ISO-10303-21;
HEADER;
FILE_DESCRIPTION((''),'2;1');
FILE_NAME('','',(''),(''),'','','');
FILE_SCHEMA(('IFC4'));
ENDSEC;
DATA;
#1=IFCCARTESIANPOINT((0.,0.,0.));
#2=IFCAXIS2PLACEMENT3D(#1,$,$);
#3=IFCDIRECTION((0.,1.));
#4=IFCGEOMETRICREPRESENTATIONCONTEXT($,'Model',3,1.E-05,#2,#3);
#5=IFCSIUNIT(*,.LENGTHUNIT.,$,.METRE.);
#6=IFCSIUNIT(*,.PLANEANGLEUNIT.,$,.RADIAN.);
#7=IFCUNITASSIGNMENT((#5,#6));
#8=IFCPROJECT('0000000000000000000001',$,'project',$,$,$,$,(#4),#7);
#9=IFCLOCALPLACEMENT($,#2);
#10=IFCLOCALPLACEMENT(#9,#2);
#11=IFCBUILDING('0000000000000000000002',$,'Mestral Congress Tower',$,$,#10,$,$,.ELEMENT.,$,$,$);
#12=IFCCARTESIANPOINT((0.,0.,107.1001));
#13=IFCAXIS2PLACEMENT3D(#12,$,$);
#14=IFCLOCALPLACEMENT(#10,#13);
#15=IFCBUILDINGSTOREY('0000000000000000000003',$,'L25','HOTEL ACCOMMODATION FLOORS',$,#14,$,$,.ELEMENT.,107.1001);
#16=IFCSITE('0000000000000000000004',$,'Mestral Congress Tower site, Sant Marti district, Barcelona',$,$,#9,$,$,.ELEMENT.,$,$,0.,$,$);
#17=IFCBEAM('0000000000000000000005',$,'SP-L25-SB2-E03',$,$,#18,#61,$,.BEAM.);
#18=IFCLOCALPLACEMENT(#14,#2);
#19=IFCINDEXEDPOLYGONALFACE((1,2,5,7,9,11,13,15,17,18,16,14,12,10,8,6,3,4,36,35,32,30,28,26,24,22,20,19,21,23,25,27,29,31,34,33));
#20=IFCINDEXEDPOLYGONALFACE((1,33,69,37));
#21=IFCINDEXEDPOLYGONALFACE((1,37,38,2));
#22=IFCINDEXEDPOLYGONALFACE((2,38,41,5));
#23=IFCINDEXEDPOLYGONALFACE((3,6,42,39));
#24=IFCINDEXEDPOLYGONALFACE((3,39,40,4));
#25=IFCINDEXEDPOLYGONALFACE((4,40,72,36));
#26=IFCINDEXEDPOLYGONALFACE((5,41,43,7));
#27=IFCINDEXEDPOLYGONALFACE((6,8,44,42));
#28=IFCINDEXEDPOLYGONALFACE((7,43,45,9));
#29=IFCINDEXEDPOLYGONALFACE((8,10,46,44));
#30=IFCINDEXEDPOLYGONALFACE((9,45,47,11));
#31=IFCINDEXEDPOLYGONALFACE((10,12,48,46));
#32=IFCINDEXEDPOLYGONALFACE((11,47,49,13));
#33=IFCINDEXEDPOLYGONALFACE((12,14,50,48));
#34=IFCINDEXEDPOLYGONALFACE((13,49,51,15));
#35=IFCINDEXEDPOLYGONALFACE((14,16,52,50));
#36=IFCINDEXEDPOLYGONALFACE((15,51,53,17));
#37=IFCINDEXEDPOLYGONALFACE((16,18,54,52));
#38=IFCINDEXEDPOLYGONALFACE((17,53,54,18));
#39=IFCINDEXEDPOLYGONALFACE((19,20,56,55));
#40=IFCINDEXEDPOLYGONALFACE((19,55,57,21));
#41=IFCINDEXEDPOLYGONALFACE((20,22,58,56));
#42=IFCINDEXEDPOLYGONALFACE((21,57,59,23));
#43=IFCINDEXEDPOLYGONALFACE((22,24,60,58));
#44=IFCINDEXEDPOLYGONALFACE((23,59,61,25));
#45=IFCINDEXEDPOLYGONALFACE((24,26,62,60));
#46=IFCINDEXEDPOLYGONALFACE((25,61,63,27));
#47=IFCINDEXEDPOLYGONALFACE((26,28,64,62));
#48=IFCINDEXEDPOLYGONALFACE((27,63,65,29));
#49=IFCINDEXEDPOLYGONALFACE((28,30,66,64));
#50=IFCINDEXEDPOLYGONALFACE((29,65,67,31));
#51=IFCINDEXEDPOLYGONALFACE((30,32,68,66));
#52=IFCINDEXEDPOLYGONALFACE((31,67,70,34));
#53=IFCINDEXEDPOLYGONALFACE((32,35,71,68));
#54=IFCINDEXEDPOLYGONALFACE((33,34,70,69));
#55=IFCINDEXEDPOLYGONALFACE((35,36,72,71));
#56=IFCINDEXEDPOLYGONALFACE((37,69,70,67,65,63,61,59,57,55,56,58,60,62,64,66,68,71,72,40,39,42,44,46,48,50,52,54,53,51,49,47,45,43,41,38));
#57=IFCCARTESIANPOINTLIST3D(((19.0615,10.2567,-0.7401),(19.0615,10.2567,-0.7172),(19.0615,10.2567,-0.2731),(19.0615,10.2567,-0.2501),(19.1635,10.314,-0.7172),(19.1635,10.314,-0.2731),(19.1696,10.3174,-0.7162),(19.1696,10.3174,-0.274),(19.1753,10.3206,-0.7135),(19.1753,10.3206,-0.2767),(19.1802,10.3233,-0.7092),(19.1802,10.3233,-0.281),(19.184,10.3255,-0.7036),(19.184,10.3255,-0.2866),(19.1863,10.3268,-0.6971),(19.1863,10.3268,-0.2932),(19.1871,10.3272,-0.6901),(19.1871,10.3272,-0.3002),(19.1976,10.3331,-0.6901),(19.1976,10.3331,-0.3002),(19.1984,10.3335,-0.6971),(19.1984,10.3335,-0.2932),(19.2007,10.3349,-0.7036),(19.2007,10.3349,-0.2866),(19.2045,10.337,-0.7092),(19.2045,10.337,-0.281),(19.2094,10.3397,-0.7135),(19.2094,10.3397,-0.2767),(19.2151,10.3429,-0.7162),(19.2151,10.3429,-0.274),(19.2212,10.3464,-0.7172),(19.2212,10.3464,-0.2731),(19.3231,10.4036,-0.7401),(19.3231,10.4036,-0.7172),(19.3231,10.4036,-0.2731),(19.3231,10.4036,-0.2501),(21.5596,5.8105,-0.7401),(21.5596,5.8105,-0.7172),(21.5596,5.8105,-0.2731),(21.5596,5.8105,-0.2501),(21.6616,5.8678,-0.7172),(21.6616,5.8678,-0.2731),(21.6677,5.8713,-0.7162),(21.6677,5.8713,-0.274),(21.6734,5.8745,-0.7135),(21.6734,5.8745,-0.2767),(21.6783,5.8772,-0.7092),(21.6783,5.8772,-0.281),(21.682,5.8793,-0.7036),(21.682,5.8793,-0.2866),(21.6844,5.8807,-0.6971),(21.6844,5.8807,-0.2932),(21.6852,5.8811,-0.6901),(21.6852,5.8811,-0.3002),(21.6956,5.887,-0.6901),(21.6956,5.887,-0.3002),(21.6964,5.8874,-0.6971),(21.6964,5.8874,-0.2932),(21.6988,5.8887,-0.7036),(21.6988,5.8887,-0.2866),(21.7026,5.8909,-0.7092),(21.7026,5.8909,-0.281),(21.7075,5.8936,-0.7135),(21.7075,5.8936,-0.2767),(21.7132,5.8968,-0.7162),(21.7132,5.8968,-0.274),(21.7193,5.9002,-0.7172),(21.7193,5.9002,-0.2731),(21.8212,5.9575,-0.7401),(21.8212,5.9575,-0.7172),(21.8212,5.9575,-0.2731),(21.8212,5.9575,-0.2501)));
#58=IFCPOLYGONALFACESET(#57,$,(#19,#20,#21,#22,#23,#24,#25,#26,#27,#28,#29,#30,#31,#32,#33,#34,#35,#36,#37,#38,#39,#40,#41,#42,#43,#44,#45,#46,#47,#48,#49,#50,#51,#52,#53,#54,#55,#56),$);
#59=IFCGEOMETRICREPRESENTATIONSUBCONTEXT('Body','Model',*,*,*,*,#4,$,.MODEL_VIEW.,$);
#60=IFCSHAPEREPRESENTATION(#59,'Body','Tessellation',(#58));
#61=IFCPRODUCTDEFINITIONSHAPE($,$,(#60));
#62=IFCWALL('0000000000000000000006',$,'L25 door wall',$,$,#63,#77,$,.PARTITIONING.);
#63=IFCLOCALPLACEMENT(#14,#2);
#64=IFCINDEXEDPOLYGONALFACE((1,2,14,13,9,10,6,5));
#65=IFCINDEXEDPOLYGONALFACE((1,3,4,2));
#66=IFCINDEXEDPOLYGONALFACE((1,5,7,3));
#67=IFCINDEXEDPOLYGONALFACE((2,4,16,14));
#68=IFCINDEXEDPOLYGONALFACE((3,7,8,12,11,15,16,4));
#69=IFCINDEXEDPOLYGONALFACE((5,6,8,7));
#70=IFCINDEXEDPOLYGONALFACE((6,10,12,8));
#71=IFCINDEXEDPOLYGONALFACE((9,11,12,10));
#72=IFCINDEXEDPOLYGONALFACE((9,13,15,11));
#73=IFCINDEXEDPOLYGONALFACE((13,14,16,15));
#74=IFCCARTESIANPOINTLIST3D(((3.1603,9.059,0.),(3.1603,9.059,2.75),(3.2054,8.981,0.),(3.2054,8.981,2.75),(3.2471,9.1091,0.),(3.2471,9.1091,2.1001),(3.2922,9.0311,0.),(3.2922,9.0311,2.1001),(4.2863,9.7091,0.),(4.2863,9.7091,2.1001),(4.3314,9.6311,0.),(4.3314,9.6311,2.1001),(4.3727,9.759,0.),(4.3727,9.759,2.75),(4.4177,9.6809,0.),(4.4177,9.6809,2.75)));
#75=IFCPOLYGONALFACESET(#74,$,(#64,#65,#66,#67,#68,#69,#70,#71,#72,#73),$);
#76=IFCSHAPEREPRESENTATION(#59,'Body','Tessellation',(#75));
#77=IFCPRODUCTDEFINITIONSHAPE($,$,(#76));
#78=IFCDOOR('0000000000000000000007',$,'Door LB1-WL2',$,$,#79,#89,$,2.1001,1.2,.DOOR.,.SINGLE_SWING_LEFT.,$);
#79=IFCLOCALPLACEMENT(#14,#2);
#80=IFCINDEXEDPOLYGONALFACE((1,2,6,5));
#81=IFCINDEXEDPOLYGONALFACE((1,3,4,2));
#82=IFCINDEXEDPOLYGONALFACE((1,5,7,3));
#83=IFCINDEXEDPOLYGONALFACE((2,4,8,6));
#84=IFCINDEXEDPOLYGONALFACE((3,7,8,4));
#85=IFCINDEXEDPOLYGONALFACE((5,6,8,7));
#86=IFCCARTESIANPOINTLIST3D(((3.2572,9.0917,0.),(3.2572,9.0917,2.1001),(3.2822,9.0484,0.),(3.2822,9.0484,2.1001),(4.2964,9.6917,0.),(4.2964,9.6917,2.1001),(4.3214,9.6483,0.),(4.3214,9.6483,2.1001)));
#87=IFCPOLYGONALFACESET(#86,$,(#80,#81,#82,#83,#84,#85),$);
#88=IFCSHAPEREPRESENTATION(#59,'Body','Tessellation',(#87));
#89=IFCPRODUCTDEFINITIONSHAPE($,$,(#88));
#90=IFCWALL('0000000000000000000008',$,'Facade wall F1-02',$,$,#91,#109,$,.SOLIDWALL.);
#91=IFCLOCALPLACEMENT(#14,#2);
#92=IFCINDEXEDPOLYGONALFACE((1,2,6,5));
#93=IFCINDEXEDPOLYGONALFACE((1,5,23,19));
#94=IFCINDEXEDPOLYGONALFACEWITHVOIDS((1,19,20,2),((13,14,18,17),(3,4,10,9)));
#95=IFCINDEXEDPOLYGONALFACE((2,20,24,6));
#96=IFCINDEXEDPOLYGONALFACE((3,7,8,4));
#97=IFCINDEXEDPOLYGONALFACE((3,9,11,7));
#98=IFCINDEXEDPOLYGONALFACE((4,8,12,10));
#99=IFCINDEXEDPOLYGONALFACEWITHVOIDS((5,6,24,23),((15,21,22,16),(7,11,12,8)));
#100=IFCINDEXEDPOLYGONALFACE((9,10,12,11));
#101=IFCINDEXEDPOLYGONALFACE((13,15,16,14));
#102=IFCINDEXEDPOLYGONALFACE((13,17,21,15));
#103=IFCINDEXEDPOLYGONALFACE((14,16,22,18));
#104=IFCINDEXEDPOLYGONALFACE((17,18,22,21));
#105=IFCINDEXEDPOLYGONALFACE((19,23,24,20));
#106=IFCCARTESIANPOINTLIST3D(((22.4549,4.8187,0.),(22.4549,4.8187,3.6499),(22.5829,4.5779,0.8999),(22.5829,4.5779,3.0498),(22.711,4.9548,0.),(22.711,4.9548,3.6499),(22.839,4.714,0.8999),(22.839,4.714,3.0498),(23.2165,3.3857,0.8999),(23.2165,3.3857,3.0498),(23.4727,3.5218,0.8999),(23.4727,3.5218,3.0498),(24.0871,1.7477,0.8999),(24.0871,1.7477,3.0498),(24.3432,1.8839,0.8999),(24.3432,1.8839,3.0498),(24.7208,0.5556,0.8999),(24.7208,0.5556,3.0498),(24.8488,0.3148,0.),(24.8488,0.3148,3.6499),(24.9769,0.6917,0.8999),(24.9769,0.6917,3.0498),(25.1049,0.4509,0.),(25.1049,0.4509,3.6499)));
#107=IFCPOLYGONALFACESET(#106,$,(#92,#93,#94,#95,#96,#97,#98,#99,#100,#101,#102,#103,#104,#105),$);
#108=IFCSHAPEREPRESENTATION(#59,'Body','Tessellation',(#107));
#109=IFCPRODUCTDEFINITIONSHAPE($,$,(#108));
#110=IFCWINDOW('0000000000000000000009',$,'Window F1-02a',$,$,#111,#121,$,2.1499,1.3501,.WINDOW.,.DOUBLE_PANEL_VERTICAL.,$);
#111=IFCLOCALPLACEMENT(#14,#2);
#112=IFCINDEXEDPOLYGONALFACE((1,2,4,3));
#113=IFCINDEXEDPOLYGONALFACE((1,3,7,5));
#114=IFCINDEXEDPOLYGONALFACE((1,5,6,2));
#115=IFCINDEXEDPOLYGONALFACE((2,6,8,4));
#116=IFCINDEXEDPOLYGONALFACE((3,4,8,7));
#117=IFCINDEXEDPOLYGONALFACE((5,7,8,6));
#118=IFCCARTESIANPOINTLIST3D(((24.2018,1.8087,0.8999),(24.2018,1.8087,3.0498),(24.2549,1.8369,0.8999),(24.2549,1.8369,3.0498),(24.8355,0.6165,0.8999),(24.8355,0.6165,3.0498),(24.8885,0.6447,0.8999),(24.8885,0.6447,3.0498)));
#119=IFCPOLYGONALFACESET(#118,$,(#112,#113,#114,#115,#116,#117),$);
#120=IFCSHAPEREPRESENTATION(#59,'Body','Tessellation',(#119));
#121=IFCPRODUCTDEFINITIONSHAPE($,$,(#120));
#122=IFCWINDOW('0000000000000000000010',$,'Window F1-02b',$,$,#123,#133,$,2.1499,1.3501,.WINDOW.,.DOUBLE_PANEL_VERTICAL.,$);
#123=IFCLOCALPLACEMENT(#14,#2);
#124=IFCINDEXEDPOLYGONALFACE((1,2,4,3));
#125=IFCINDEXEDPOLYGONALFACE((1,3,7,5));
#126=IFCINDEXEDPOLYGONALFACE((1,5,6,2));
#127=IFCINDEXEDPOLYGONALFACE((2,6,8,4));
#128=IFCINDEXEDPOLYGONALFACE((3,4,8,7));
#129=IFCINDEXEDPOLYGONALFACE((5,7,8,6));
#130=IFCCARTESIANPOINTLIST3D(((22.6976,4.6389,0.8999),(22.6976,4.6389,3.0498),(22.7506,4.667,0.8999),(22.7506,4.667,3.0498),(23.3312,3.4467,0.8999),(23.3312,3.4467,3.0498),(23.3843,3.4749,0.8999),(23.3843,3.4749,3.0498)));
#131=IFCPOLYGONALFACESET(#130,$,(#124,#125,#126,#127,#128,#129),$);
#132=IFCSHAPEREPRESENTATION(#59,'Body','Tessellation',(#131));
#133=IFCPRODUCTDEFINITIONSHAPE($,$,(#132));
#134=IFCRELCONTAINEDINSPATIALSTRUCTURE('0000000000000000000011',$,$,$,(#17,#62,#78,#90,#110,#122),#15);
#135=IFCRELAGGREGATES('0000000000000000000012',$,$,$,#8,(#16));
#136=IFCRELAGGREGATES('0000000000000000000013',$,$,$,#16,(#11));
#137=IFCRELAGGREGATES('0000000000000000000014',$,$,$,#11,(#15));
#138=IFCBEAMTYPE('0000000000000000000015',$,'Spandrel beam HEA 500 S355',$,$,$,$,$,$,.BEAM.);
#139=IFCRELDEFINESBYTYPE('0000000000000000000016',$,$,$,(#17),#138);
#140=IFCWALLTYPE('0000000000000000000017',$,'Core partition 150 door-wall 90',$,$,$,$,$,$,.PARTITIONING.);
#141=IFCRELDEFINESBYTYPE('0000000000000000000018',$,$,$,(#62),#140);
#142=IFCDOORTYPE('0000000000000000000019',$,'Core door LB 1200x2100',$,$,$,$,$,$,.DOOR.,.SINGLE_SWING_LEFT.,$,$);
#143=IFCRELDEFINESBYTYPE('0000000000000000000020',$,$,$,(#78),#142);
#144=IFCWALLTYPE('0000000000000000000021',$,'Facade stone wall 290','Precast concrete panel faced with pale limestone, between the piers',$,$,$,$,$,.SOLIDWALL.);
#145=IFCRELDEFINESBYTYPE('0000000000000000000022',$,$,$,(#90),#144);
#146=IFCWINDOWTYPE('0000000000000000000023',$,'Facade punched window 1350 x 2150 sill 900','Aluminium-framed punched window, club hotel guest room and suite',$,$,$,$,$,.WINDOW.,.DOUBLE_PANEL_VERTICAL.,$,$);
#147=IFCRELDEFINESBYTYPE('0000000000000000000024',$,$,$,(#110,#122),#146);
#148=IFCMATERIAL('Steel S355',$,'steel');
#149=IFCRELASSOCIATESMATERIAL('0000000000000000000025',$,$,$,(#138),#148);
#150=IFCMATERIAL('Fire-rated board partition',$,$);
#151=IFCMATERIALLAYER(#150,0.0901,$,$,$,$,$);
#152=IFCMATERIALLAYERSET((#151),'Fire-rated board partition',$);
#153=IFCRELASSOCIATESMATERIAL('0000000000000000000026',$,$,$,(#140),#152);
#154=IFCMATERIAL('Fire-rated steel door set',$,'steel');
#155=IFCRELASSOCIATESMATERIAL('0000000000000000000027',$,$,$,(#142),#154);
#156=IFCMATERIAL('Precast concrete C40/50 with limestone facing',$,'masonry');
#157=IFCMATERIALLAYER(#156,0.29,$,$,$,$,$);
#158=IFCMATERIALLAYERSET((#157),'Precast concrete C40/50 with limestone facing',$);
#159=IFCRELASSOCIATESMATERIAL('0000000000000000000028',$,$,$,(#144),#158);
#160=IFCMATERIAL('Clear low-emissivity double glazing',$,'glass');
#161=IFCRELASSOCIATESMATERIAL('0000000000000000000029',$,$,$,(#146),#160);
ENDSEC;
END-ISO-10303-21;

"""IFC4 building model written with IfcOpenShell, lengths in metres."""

from ifc_helpers import new_model, si_unit, direction, frame, frame_2d, origin, origin_2d, place, context, subcontext, project, spatial, rectangle, i_section, extrude, material, layer, layer_set, material_profile, profile_set, type_object, element, fill, save


model = new_model("IFC4")

# Units and contexts
model_context = context("Model", 3, precision=1e-05, world=origin(), true_north=direction((0.0, 1.0)))
body_context = subcontext(model_context, "Body", "Model", "MODEL_VIEW")
ifc_project = project(units=[si_unit("LENGTHUNIT", "METRE"), si_unit("PLANEANGLEUNIT", "RADIAN")], contexts=[model_context])

# Site, building, storey
site_placement = place(None, origin())
site = spatial("IfcSite", under=ifc_project, at=site_placement, Name="Mestral Congress Tower site, Sant Marti district, Barcelona", CompositionType="ELEMENT", RefElevation=0.0)
building_placement = place(site_placement, origin())
building = spatial("IfcBuilding", under=site, at=building_placement, Name="Mestral Congress Tower", CompositionType="ELEMENT")
storey_placement = place(building_placement, frame((0.0, 0.0, 107.1001)))
storey = spatial("IfcBuildingStorey", under=building, at=storey_placement, Name="L25", Description="HOTEL ACCOMMODATION FLOORS", CompositionType="ELEMENT", Elevation=107.1001)

# Beam
ifc_material_1 = material(Name="Steel S355", Category="steel")
ifc_material_profile_1 = material_profile(ifc_material_1, i_section(OverallWidth=0.3, OverallDepth=0.49, WebThickness=0.012, FlangeThickness=0.0229, FilletRadius=0.0271, at=origin_2d()), Name="HEA 500")
ifc_profile_set_1 = profile_set([ifc_material_profile_1], Name="Steel S355")
beam_type_1 = type_object("IfcBeamType", Name="Spandrel beam HEA 500 S355", PredefinedType="BEAM", material=ifc_profile_set_1)
for number, where, z_axis, x_axis, name in (
    (1, (21.6904, 5.884, -0.4951), (-0.489836, 0.871815, 0.0), (-0.871815, -0.489836, 0.0), "SP-L25-SB2-E03"),
):
    element("IfcBeam", number, at=place(storey_placement, frame(where, z_axis=z_axis, x_axis=x_axis)), inside=storey, type_object=beam_type_1, Name=name, PredefinedType="BEAM", context=body_context, shape_type="SweptSolid", body=[
        extrude(i_section(OverallWidth=0.3, OverallDepth=0.49, WebThickness=0.012, FlangeThickness=0.0229, FilletRadius=0.0271, at=origin_2d()), origin(), (0.0, 0.0, 1.0), 5.0999),
    ])

# Wall, opening, door
ifc_material_2 = material(Name="Fire-rated board partition")
ifc_layer_1 = layer(ifc_material_2, 0.0901)
ifc_layer_set_1 = layer_set([ifc_layer_1], Name="Fire-rated board partition")
wall_type_1 = type_object("IfcWallType", Name="Core partition 150 door-wall 90", PredefinedType="PARTITIONING", material=ifc_layer_set_1)
wall_1_placement = place(storey_placement, frame((3.1829, 9.02, 0.0), z_axis=(0.0, 0.0, 1.0), x_axis=(0.866035, 0.499984, 0.0)))
wall_1 = element("IfcWall", 2, at=wall_1_placement, inside=storey, type_object=wall_type_1, Name="L25 door wall", PredefinedType="PARTITIONING", context=body_context, shape_type="SweptSolid", body=[
    extrude(rectangle(XDim=1.3999, YDim=0.0901, at=frame_2d((0.7, 0.0))), origin(), (0.0, 0.0, 1.0), 2.75),
])
opening_1_placement = place(wall_1_placement, frame((0.1001, 0.0, 0.0)))
opening_1 = element("IfcOpeningElement", 3, at=opening_1_placement, cuts=wall_1, PredefinedType="OPENING", context=body_context, shape_type="SweptSolid", body=[
    extrude(rectangle(XDim=1.2, YDim=2.1001, at=frame_2d((0.6001, 1.05))), frame((0.0, 0.0549, 0.0), z_axis=(0.0, -1.0, 0.0), x_axis=(1.0, 0.0, 0.0)), (0.0, 0.0, 1.0), 0.1101),
])
ifc_material_3 = material(Name="Fire-rated steel door set", Category="steel")
door_type_1 = type_object("IfcDoorType", Name="Core door LB 1200x2100", OperationType="SINGLE_SWING_LEFT", PredefinedType="DOOR", material=ifc_material_3)
door_1_placement = place(opening_1_placement, origin())
door_1 = element("IfcDoor", 4, at=door_1_placement, inside=storey, type_object=door_type_1, Name="Door LB1-WL2", OperationType="SINGLE_SWING_LEFT", OverallHeight=2.1001, OverallWidth=1.2, PredefinedType="DOOR", context=body_context, shape_type="SweptSolid", body=[
    extrude(rectangle(XDim=1.2, YDim=2.1001, at=frame_2d((0.6001, 1.05))), frame((0.0, 0.0249, 0.0), z_axis=(0.0, -1.0, 0.0), x_axis=(1.0, 0.0, 0.0)), (0.0, 0.0, 1.0), 0.05),
])
fill(opening_1, door_1)

# Wall, openings, windows
ifc_material_4 = material(Name="Precast concrete C40/50 with limestone facing", Category="masonry")
ifc_layer_2 = layer(ifc_material_4, 0.29)
ifc_layer_set_2 = layer_set([ifc_layer_2], Name="Precast concrete C40/50 with limestone facing")
wall_type_2 = type_object("IfcWallType", Name="Facade stone wall 290", Description="Precast concrete panel faced with pale limestone, between the piers", PredefinedType="SOLIDWALL", material=ifc_layer_set_2)
wall_2_placement = place(storey_placement, frame((24.9768, 0.3828, 0.0), z_axis=(0.0, 0.0, 1.0), x_axis=(-0.469323, 0.883026, 0.0)))
wall_2 = element("IfcWall", 5, at=wall_2_placement, inside=storey, type_object=wall_type_2, Name="Facade wall F1-02", PredefinedType="SOLIDWALL", context=body_context, shape_type="SweptSolid", body=[
    extrude(rectangle(XDim=5.1006, YDim=0.29, at=frame_2d((2.5503, 0.0))), origin(), (0.0, 0.0, 1.0), 3.6499),
])
opening_2_placement = place(wall_2_placement, frame((0.2727, 0.0, 0.8999)))
opening_2 = element("IfcOpeningElement", 6, at=opening_2_placement, cuts=wall_2, PredefinedType="OPENING", context=body_context, shape_type="SweptSolid", body=[
    extrude(rectangle(XDim=1.3501, YDim=2.1499, at=frame_2d((0.675, 1.075))), frame((0.0, 0.155, 0.0), z_axis=(0.0, -1.0, 0.0), x_axis=(1.0, 0.0, 0.0)), (0.0, 0.0, 1.0), 0.3101),
])
opening_3_placement = place(wall_2_placement, frame((3.4778, 0.0, 0.8999)))
opening_3 = element("IfcOpeningElement", 7, at=opening_3_placement, cuts=wall_2, PredefinedType="OPENING", context=body_context, shape_type="SweptSolid", body=[
    extrude(rectangle(XDim=1.3501, YDim=2.1499, at=frame_2d((0.675, 1.075))), frame((0.0, 0.155, 0.0), z_axis=(0.0, -1.0, 0.0), x_axis=(1.0, 0.0, 0.0)), (0.0, 0.0, 1.0), 0.3101),
])
ifc_material_5 = material(Name="Clear low-emissivity double glazing", Category="glass")
window_type = type_object("IfcWindowType", Name="Facade punched window 1350 x 2150 sill 900", Description="Aluminium-framed punched window, club hotel guest room and suite", PartitioningType="DOUBLE_PANEL_VERTICAL", PredefinedType="WINDOW", material=ifc_material_5)
window_1_placement = place(opening_2_placement, origin())
window_1 = element("IfcWindow", 8, at=window_1_placement, inside=storey, type_object=window_type, Name="Window F1-02a", OverallHeight=2.1499, OverallWidth=1.3501, PartitioningType="DOUBLE_PANEL_VERTICAL", PredefinedType="WINDOW", context=body_context, shape_type="SweptSolid", body=[
    extrude(rectangle(XDim=1.3501, YDim=2.1499, at=frame_2d((0.675, 1.075))), frame((0.0, 0.0151, 0.0), z_axis=(0.0, -1.0, 0.0), x_axis=(1.0, 0.0, 0.0)), (0.0, 0.0, 1.0), 0.0601),
])
fill(opening_2, window_1)
window_2_placement = place(opening_3_placement, origin())
window_2 = element("IfcWindow", 9, at=window_2_placement, inside=storey, type_object=window_type, Name="Window F1-02b", OverallHeight=2.1499, OverallWidth=1.3501, PartitioningType="DOUBLE_PANEL_VERTICAL", PredefinedType="WINDOW", context=body_context, shape_type="SweptSolid", body=[
    extrude(rectangle(XDim=1.3501, YDim=2.1499, at=frame_2d((0.675, 1.075))), frame((0.0, 0.0151, 0.0), z_axis=(0.0, -1.0, 0.0), x_axis=(1.0, 0.0, 0.0)), (0.0, 0.0, 1.0), 0.0601),
])
fill(opening_3, window_2)

save(model, "model.ifc")
